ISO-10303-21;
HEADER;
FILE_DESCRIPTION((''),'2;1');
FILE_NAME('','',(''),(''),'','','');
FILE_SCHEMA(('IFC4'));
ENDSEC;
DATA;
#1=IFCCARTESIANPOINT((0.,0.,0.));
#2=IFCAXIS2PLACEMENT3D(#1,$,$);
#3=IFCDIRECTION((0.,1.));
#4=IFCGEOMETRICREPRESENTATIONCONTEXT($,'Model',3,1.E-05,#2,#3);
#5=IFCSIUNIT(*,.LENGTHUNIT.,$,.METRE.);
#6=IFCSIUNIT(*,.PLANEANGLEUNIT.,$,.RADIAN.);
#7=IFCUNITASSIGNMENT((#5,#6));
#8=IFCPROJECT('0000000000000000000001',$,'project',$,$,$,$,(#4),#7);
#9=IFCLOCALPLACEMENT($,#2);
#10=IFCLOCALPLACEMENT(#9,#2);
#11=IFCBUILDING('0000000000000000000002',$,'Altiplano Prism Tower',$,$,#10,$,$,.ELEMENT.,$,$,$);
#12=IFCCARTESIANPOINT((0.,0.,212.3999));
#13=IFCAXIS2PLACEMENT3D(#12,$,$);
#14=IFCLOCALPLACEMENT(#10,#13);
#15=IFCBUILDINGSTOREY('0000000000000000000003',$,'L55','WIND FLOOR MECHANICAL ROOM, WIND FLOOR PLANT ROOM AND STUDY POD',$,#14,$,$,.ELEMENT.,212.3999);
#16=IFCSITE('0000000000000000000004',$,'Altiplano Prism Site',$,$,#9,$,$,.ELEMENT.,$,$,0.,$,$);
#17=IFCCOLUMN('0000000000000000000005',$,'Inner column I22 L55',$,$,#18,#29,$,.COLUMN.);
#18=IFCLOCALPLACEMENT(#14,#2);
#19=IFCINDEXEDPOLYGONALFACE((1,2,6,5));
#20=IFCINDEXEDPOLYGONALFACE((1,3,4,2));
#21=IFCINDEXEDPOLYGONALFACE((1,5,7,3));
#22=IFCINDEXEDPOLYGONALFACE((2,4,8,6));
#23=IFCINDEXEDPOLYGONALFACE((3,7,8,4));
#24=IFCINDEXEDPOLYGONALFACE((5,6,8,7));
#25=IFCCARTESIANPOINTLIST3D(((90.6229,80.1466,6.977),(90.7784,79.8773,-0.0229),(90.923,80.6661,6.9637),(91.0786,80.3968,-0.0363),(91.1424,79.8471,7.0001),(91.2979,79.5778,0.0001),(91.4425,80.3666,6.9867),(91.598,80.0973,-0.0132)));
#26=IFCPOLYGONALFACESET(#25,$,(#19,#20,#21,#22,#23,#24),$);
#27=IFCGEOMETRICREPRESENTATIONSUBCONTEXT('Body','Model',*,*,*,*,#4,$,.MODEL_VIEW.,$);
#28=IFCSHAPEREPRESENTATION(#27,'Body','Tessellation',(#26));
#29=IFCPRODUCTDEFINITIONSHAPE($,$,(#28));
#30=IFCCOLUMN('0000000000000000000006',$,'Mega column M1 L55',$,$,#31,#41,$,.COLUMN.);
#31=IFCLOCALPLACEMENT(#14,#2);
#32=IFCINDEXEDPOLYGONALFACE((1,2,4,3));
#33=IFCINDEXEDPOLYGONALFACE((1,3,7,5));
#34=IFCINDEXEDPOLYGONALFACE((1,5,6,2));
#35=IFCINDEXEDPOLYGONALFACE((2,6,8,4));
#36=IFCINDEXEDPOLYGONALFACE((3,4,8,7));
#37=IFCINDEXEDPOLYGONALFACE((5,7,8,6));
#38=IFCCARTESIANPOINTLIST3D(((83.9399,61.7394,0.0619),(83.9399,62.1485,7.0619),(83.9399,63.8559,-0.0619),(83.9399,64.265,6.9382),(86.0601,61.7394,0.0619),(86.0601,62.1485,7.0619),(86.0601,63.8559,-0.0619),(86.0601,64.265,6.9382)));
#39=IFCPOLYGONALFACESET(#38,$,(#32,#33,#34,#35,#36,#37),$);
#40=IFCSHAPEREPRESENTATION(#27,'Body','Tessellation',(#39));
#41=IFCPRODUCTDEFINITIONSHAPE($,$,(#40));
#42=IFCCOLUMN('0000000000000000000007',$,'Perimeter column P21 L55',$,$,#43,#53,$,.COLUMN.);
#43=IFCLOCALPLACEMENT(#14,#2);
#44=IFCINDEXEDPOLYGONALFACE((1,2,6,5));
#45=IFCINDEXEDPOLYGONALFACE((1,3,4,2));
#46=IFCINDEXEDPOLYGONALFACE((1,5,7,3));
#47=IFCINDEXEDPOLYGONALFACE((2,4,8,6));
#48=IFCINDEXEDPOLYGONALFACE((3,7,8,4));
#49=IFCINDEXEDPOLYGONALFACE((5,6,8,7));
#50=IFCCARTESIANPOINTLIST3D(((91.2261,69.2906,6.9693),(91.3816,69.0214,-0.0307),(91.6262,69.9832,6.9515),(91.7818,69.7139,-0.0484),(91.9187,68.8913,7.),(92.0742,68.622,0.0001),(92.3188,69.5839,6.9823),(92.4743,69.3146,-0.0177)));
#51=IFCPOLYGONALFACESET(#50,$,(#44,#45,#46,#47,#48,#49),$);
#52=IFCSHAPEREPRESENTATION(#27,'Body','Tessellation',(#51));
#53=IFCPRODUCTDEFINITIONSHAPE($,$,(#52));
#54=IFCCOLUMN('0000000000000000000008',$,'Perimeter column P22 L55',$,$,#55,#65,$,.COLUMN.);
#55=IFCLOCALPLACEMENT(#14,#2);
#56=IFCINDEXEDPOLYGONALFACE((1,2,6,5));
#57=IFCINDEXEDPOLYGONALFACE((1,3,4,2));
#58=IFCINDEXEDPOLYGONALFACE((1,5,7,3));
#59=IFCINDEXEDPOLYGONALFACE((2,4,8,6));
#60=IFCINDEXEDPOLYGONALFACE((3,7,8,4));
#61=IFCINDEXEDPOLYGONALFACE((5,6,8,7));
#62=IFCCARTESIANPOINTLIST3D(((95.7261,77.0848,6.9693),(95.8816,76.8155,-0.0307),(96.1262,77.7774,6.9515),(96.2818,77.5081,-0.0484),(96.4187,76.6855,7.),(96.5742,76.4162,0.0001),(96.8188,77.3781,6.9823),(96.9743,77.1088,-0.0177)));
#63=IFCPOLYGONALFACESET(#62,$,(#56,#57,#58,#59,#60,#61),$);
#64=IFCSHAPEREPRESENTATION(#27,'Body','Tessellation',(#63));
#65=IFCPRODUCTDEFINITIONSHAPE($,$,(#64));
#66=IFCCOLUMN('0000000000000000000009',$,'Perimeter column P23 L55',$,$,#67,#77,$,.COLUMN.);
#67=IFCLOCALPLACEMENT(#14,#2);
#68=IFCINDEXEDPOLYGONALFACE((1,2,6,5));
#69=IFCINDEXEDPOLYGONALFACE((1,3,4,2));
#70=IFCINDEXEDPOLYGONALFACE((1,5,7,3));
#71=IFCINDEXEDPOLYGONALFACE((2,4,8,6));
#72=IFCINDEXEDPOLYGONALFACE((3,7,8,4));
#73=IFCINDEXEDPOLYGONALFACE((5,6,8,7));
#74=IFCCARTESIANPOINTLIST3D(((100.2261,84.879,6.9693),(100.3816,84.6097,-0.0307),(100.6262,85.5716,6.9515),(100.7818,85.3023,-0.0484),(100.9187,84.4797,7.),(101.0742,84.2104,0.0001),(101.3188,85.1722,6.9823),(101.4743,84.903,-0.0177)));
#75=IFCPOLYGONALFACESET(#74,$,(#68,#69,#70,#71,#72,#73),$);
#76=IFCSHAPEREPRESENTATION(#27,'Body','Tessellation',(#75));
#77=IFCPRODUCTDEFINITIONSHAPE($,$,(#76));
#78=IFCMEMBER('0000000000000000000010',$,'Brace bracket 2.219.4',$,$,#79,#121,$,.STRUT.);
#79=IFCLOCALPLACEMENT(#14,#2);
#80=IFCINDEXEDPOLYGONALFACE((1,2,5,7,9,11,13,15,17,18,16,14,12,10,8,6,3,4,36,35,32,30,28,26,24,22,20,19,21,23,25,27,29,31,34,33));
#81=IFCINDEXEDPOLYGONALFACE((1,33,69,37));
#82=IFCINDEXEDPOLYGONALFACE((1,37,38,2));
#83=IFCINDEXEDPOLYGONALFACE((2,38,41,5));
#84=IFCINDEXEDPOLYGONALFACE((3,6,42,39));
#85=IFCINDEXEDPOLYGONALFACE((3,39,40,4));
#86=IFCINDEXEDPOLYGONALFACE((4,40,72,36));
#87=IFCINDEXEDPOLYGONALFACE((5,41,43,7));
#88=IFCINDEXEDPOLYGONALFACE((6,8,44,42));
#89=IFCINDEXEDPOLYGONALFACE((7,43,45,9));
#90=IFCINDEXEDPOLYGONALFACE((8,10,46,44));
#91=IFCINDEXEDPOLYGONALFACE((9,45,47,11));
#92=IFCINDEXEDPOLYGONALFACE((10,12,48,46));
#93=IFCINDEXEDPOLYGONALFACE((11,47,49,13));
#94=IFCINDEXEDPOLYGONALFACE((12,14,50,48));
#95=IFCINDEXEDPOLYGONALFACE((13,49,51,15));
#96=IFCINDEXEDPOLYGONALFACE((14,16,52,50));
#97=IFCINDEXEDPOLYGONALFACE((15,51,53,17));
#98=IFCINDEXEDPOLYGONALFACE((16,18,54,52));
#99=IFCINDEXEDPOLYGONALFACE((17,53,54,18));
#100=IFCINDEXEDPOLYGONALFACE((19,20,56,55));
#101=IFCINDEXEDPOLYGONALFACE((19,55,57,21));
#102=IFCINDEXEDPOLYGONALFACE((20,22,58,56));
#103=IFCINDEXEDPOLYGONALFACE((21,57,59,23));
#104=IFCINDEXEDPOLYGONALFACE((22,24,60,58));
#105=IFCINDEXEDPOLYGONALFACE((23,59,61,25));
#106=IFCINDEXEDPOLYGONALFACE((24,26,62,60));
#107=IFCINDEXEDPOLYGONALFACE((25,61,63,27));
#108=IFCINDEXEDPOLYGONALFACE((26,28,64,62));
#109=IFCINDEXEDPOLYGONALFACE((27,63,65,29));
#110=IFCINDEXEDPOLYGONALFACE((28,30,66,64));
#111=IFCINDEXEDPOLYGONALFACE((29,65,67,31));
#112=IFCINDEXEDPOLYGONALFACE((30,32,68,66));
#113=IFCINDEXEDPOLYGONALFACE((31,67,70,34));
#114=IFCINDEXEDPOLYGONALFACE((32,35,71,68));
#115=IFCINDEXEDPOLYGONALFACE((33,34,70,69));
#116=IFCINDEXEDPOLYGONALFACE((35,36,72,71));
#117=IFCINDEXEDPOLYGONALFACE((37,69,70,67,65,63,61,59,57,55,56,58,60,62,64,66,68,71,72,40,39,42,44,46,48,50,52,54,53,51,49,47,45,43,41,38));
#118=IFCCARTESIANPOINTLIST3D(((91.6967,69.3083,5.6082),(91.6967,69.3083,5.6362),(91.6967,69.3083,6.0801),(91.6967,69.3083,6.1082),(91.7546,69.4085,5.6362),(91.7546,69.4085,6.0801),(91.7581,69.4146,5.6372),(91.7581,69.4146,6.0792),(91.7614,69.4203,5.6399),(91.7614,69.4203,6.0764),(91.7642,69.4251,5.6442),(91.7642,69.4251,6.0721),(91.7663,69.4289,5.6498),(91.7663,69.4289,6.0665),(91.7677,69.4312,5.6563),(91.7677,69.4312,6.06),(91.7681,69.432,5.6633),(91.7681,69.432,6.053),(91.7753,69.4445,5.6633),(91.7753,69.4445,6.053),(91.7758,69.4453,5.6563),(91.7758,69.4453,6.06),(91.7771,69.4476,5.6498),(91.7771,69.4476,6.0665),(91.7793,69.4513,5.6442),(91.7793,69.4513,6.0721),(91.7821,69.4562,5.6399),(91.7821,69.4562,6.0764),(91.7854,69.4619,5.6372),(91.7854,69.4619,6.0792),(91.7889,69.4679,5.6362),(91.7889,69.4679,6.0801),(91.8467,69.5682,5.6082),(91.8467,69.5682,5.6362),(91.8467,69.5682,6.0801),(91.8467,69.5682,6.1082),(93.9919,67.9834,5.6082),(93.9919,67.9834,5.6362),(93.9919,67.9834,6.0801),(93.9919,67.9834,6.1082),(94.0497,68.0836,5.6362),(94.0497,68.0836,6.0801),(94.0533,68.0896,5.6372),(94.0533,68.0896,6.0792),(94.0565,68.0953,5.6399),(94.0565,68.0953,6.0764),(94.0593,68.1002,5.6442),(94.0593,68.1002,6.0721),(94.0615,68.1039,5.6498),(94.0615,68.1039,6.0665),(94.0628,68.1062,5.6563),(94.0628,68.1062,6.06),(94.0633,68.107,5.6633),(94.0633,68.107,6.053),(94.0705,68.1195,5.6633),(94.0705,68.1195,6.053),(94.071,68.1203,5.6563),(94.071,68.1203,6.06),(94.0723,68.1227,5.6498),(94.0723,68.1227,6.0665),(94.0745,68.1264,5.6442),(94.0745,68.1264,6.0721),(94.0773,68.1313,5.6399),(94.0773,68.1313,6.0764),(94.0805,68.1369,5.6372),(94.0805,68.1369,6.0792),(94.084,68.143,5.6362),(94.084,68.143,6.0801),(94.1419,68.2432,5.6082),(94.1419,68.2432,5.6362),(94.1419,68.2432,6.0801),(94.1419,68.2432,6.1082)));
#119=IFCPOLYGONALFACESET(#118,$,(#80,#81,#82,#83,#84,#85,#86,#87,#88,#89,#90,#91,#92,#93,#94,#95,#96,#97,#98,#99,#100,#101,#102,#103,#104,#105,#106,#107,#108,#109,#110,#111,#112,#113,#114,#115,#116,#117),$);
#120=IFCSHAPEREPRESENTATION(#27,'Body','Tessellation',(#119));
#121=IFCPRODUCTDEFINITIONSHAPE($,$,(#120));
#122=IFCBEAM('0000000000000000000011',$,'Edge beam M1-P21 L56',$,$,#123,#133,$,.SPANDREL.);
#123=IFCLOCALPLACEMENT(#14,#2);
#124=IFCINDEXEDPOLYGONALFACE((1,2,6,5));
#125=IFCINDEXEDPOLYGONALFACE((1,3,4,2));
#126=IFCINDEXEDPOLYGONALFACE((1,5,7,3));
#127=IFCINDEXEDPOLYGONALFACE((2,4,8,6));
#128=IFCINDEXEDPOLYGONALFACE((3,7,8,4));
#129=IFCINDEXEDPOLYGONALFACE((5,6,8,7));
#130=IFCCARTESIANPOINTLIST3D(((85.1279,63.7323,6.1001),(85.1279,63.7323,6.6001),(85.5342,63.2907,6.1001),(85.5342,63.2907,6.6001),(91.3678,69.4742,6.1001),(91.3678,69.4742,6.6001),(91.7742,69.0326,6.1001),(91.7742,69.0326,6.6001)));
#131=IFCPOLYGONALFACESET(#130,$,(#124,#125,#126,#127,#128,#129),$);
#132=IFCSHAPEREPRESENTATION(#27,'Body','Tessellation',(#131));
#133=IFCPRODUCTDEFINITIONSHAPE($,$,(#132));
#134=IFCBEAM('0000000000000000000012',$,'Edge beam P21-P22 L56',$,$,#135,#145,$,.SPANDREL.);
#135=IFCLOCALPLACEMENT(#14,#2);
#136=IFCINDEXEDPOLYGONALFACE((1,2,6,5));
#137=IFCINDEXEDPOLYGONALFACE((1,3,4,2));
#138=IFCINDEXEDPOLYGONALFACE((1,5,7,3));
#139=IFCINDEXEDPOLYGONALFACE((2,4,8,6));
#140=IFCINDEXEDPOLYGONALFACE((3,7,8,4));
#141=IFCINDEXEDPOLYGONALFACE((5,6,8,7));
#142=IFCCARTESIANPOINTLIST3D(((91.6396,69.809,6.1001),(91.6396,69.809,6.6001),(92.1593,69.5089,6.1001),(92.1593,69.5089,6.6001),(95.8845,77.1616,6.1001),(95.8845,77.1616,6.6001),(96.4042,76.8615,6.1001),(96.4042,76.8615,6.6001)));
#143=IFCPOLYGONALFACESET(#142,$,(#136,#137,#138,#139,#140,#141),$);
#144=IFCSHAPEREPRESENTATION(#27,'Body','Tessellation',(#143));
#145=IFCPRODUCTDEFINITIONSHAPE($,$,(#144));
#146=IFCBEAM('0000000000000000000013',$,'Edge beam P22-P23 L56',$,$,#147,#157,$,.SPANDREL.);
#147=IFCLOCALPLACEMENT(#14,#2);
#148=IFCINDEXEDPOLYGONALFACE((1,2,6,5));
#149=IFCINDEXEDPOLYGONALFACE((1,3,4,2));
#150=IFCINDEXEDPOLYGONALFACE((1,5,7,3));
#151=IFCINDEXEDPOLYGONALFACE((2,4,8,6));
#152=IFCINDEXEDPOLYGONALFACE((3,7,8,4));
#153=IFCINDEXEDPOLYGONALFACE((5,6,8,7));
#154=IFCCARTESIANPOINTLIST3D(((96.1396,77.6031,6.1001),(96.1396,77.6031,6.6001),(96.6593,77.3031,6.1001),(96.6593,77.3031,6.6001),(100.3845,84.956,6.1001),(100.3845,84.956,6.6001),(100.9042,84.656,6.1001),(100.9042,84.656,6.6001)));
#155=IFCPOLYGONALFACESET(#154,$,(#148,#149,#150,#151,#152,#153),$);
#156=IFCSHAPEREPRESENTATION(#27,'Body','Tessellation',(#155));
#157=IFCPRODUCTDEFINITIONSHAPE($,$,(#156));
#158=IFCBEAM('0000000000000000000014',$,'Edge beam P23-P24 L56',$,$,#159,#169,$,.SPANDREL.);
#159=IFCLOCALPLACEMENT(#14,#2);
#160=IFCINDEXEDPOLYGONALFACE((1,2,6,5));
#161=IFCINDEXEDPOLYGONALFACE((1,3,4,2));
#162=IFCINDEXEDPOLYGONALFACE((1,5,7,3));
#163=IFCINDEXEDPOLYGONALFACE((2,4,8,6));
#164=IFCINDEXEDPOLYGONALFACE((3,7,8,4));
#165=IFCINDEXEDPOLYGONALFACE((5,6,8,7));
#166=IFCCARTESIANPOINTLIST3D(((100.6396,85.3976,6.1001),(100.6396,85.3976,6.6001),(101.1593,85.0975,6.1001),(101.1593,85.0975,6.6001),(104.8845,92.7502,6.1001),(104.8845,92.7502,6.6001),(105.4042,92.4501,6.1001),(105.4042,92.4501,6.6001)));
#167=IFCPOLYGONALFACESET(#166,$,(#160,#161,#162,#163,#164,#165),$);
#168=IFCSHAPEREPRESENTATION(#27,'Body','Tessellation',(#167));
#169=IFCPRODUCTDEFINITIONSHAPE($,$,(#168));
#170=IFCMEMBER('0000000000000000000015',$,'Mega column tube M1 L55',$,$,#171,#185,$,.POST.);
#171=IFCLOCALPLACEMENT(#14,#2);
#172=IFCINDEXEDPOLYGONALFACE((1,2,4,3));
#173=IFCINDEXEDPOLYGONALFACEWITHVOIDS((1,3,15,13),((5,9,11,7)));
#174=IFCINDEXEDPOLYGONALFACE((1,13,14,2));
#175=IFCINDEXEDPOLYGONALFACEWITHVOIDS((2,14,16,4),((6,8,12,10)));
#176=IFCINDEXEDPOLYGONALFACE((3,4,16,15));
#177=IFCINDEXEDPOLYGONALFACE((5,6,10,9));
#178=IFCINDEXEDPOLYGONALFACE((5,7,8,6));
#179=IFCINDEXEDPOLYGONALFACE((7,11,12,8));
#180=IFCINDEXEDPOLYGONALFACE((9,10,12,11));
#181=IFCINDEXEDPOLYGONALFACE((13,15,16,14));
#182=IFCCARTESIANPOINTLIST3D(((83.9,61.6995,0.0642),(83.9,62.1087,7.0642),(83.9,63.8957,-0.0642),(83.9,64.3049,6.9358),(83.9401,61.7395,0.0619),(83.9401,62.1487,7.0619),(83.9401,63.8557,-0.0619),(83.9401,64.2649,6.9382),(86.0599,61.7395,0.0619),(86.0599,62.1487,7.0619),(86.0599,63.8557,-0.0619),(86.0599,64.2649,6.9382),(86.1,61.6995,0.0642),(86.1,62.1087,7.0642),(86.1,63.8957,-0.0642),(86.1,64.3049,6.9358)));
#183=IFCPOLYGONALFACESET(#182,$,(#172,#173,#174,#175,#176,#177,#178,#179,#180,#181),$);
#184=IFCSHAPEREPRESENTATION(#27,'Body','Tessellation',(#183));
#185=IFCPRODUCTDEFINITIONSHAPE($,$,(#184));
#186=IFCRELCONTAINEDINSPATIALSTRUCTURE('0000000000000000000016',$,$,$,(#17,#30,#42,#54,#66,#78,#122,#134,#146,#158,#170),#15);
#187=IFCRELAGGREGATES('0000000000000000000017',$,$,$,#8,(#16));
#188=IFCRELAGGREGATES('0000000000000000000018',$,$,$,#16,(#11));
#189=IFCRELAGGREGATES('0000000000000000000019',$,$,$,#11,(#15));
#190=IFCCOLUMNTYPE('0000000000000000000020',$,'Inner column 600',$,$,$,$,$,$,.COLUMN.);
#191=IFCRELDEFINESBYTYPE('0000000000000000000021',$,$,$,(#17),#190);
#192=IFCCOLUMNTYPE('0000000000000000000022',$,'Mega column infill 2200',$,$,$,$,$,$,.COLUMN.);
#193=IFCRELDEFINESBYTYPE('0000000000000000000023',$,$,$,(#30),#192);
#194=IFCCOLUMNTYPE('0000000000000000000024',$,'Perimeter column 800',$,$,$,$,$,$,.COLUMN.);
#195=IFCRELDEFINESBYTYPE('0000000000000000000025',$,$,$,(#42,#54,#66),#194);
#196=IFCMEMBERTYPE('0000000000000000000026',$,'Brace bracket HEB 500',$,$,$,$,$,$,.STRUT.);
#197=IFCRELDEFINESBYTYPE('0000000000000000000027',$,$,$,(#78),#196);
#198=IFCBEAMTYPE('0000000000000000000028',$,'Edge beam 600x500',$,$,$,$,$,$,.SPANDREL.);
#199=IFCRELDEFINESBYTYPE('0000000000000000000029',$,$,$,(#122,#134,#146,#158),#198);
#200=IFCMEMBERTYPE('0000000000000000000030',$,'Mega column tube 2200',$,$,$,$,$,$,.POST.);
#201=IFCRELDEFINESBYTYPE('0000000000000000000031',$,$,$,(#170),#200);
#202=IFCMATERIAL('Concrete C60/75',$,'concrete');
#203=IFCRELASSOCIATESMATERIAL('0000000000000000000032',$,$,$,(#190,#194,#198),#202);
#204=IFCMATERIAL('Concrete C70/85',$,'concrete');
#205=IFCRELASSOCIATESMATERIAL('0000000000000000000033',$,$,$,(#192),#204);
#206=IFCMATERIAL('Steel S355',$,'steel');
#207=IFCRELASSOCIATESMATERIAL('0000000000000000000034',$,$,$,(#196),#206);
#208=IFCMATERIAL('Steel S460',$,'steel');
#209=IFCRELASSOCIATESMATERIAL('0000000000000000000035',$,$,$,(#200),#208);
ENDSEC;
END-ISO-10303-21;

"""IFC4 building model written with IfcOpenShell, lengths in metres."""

from ifc_helpers import new_model, si_unit, direction, frame, origin, origin_2d, place, context, subcontext, project, spatial, rectangle, hollow_rectangle, i_section, extrude, material, material_profile, profile_set, type_object, element, save


model = new_model("IFC4")

# Units and contexts
model_context = context("Model", 3, precision=1e-05, world=origin(), true_north=direction((0.0, 1.0)))
body_context = subcontext(model_context, "Body", "Model", "MODEL_VIEW")
ifc_project = project(units=[si_unit("LENGTHUNIT", "METRE"), si_unit("PLANEANGLEUNIT", "RADIAN")], contexts=[model_context])

# Site, building, storey
site_placement = place(None, origin())
site = spatial("IfcSite", under=ifc_project, at=site_placement, Name="Altiplano Prism Site", CompositionType="ELEMENT", RefElevation=0.0)
building_placement = place(site_placement, origin())
building = spatial("IfcBuilding", under=site, at=building_placement, Name="Altiplano Prism Tower", CompositionType="ELEMENT")
storey_placement = place(building_placement, frame((0.0, 0.0, 212.3999)))
storey = spatial("IfcBuildingStorey", under=building, at=storey_placement, Name="L55", Description="WIND FLOOR MECHANICAL ROOM, WIND FLOOR PLANT ROOM AND STUDY POD", CompositionType="ELEMENT", Elevation=212.3999)

# Columns
ifc_material_1 = material(Name="Concrete C60/75", Category="concrete")
ifc_material_profile_1 = material_profile(ifc_material_1, rectangle(XDim=0.6001, YDim=0.6001, at=origin_2d()), Name="Inner column 600")
ifc_profile_set_1 = profile_set([ifc_material_profile_1], Name="Concrete C60/75")
column_type_1 = type_object("IfcColumnType", Name="Inner column 600", PredefinedType="COLUMN", material=ifc_profile_set_1)
column_1_placement = place(storey_placement, frame((91.1882, 79.9873, -0.0181), z_axis=(-0.022195, 0.038432, 0.999015), x_axis=(-0.500138, -0.865661, 0.02219)))
element("IfcColumn", 1, at=column_1_placement, inside=storey, type_object=column_type_1, Name="Inner column I22 L55", PredefinedType="COLUMN", context=body_context, shape_type="SweptSolid", body=[
    extrude(rectangle(XDim=0.6001, YDim=0.6001, at=origin_2d()), origin(), (0.0, 0.0, 1.0), 7.0068),
])
ifc_material_2 = material(Name="Concrete C70/85", Category="concrete")
ifc_material_profile_2 = material_profile(ifc_material_2, rectangle(XDim=2.1201, YDim=2.1201, at=origin_2d()), Name="Mega column infill 2200")
ifc_profile_set_2 = profile_set([ifc_material_profile_2], Name="Concrete C70/85")
column_type_2 = type_object("IfcColumnType", Name="Mega column infill 2200", PredefinedType="COLUMN", material=ifc_profile_set_2)
column_2_placement = place(storey_placement, frame((85.0, 62.7976, 0.0), z_axis=(0.0, 0.058355, 0.998296), x_axis=(-1.0, 0.0, 0.0)))
element("IfcColumn", 2, at=column_2_placement, inside=storey, type_object=column_type_2, Name="Mega column M1 L55", PredefinedType="COLUMN", context=body_context, shape_type="SweptSolid", body=[
    extrude(rectangle(XDim=2.1201, YDim=2.1201, at=origin_2d()), origin(), (0.0, 0.0, 1.0), 7.012),
])
ifc_material_profile_3 = material_profile(ifc_material_1, rectangle(XDim=0.8, YDim=0.8, at=origin_2d()), Name="Perimeter column 800")
ifc_profile_set_3 = profile_set([ifc_material_profile_3], Name="Concrete C60/75")
column_type_3 = type_object("IfcColumnType", Name="Perimeter column 800", PredefinedType="COLUMN", material=ifc_profile_set_3)
for number, where, z_axis, x_axis, name in (
    (3, (91.928, 69.168, -0.0242), (-0.022195, 0.038432, 0.999015), (-0.50014, -0.86566, 0.02219), "Perimeter column P21 L55"),
    (4, (96.428, 76.9622, -0.0242), (-0.022195, 0.038432, 0.999015), (-0.500138, -0.865661, 0.02219), "Perimeter column P22 L55"),
    (5, (100.928, 84.7563, -0.0242), (-0.022195, 0.038432, 0.999015), (-0.500141, -0.86566, 0.02219), "Perimeter column P23 L55"),
):
    element("IfcColumn", number, at=place(storey_placement, frame(where, z_axis=z_axis, x_axis=x_axis)), inside=storey, type_object=column_type_3, Name=name, PredefinedType="COLUMN", context=body_context, shape_type="SweptSolid", body=[
        extrude(rectangle(XDim=0.8, YDim=0.8, at=origin_2d()), origin(), (0.0, 0.0, 1.0), 7.0068),
    ])

# Member
ifc_material_3 = material(Name="Steel S355", Category="steel")
ifc_material_profile_4 = material_profile(ifc_material_3, i_section(OverallWidth=0.3, OverallDepth=0.5, WebThickness=0.0144, FlangeThickness=0.0281, FilletRadius=0.0271, at=origin_2d()), Name="Brace bracket HEB 500")
ifc_profile_set_4 = profile_set([ifc_material_profile_4], Name="Steel S355")
member_type_1 = type_object("IfcMemberType", Name="Brace bracket HEB 500", PredefinedType="STRUT", material=ifc_profile_set_4)
member_1_placement = place(storey_placement, frame((91.7717, 69.4382, 5.8582), z_axis=(0.866052, -0.499954, 0.0), x_axis=(0.499954, 0.866052, 0.0)))
element("IfcMember", 6, at=member_1_placement, inside=storey, type_object=member_type_1, Name="Brace bracket 2.219.4", PredefinedType="STRUT", context=body_context, shape_type="SweptSolid", body=[
    extrude(i_section(OverallWidth=0.3, OverallDepth=0.5, WebThickness=0.0144, FlangeThickness=0.0281, FilletRadius=0.0271, at=origin_2d()), origin(), (0.0, 0.0, 1.0), 2.6501),
])

# Beams
ifc_material_profile_5 = material_profile(ifc_material_1, rectangle(XDim=0.6001, YDim=0.5, at=origin_2d()), Name="Edge beam 600x500")
ifc_profile_set_5 = profile_set([ifc_material_profile_5], Name="Concrete C60/75")
beam_type_1 = type_object("IfcBeamType", Name="Edge beam 600x500", PredefinedType="SPANDREL", material=ifc_profile_set_5)
beam_1_placement = place(storey_placement, frame((85.3311, 63.5115, 6.3501), z_axis=(0.735863, 0.67713, 0.0), x_axis=(-0.67713, 0.735863, 0.0)))
element("IfcBeam", 7, at=beam_1_placement, inside=storey, type_object=beam_type_1, Name="Edge beam M1-P21 L56", PredefinedType="SPANDREL", context=body_context, shape_type="SweptSolid", body=[
    extrude(rectangle(XDim=0.6001, YDim=0.5, at=origin_2d()), origin(), (0.0, 0.0, 1.0), 8.4797),
])
beam_2_placement = place(storey_placement, frame((91.8994, 69.6589, 6.3501), z_axis=(0.49999, 0.866031, 0.0), x_axis=(-0.866031, 0.49999, 0.0)))
element("IfcBeam", 8, at=beam_2_placement, inside=storey, type_object=beam_type_1, Name="Edge beam P21-P22 L56", PredefinedType="SPANDREL", context=body_context, shape_type="SweptSolid", body=[
    extrude(rectangle(XDim=0.6001, YDim=0.5, at=origin_2d()), origin(), (0.0, 0.0, 1.0), 8.49),
])
beam_3_placement = place(storey_placement, frame((96.3994, 77.4531, 6.3501), z_axis=(0.499977, 0.866039, 0.0), x_axis=(-0.866039, 0.499977, 0.0)))
element("IfcBeam", 9, at=beam_3_placement, inside=storey, type_object=beam_type_1, Name="Edge beam P22-P23 L56", PredefinedType="SPANDREL", context=body_context, shape_type="SweptSolid", body=[
    extrude(rectangle(XDim=0.6001, YDim=0.5, at=origin_2d()), origin(), (0.0, 0.0, 1.0), 8.4902),
])
beam_4_placement = place(storey_placement, frame((100.8994, 85.2476, 6.3501), z_axis=(0.49999, 0.866031, 0.0), x_axis=(-0.866031, 0.49999, 0.0)))
element("IfcBeam", 10, at=beam_4_placement, inside=storey, type_object=beam_type_1, Name="Edge beam P23-P24 L56", PredefinedType="SPANDREL", context=body_context, shape_type="SweptSolid", body=[
    extrude(rectangle(XDim=0.6001, YDim=0.5, at=origin_2d()), origin(), (0.0, 0.0, 1.0), 8.49),
])

# Member
ifc_material_4 = material(Name="Steel S460", Category="steel")
ifc_material_profile_6 = material_profile(ifc_material_4, hollow_rectangle(XDim=2.2, YDim=2.2, WallThickness=0.04, at=origin_2d()), Name="Mega column tube 2200")
ifc_profile_set_6 = profile_set([ifc_material_profile_6], Name="Steel S460")
member_type_2 = type_object("IfcMemberType", Name="Mega column tube 2200", PredefinedType="POST", material=ifc_profile_set_6)
member_2_placement = place(storey_placement, frame((85.0, 62.7976, 0.0), z_axis=(0.0, 0.058355, 0.998296), x_axis=(-1.0, 0.0, 0.0)))
element("IfcMember", 11, at=member_2_placement, inside=storey, type_object=member_type_2, Name="Mega column tube M1 L55", PredefinedType="POST", context=body_context, shape_type="SweptSolid", body=[
    extrude(hollow_rectangle(XDim=2.2, YDim=2.2, WallThickness=0.04, at=origin_2d()), origin(), (0.0, 0.0, 1.0), 7.012),
])

save(model, "model.ifc")
